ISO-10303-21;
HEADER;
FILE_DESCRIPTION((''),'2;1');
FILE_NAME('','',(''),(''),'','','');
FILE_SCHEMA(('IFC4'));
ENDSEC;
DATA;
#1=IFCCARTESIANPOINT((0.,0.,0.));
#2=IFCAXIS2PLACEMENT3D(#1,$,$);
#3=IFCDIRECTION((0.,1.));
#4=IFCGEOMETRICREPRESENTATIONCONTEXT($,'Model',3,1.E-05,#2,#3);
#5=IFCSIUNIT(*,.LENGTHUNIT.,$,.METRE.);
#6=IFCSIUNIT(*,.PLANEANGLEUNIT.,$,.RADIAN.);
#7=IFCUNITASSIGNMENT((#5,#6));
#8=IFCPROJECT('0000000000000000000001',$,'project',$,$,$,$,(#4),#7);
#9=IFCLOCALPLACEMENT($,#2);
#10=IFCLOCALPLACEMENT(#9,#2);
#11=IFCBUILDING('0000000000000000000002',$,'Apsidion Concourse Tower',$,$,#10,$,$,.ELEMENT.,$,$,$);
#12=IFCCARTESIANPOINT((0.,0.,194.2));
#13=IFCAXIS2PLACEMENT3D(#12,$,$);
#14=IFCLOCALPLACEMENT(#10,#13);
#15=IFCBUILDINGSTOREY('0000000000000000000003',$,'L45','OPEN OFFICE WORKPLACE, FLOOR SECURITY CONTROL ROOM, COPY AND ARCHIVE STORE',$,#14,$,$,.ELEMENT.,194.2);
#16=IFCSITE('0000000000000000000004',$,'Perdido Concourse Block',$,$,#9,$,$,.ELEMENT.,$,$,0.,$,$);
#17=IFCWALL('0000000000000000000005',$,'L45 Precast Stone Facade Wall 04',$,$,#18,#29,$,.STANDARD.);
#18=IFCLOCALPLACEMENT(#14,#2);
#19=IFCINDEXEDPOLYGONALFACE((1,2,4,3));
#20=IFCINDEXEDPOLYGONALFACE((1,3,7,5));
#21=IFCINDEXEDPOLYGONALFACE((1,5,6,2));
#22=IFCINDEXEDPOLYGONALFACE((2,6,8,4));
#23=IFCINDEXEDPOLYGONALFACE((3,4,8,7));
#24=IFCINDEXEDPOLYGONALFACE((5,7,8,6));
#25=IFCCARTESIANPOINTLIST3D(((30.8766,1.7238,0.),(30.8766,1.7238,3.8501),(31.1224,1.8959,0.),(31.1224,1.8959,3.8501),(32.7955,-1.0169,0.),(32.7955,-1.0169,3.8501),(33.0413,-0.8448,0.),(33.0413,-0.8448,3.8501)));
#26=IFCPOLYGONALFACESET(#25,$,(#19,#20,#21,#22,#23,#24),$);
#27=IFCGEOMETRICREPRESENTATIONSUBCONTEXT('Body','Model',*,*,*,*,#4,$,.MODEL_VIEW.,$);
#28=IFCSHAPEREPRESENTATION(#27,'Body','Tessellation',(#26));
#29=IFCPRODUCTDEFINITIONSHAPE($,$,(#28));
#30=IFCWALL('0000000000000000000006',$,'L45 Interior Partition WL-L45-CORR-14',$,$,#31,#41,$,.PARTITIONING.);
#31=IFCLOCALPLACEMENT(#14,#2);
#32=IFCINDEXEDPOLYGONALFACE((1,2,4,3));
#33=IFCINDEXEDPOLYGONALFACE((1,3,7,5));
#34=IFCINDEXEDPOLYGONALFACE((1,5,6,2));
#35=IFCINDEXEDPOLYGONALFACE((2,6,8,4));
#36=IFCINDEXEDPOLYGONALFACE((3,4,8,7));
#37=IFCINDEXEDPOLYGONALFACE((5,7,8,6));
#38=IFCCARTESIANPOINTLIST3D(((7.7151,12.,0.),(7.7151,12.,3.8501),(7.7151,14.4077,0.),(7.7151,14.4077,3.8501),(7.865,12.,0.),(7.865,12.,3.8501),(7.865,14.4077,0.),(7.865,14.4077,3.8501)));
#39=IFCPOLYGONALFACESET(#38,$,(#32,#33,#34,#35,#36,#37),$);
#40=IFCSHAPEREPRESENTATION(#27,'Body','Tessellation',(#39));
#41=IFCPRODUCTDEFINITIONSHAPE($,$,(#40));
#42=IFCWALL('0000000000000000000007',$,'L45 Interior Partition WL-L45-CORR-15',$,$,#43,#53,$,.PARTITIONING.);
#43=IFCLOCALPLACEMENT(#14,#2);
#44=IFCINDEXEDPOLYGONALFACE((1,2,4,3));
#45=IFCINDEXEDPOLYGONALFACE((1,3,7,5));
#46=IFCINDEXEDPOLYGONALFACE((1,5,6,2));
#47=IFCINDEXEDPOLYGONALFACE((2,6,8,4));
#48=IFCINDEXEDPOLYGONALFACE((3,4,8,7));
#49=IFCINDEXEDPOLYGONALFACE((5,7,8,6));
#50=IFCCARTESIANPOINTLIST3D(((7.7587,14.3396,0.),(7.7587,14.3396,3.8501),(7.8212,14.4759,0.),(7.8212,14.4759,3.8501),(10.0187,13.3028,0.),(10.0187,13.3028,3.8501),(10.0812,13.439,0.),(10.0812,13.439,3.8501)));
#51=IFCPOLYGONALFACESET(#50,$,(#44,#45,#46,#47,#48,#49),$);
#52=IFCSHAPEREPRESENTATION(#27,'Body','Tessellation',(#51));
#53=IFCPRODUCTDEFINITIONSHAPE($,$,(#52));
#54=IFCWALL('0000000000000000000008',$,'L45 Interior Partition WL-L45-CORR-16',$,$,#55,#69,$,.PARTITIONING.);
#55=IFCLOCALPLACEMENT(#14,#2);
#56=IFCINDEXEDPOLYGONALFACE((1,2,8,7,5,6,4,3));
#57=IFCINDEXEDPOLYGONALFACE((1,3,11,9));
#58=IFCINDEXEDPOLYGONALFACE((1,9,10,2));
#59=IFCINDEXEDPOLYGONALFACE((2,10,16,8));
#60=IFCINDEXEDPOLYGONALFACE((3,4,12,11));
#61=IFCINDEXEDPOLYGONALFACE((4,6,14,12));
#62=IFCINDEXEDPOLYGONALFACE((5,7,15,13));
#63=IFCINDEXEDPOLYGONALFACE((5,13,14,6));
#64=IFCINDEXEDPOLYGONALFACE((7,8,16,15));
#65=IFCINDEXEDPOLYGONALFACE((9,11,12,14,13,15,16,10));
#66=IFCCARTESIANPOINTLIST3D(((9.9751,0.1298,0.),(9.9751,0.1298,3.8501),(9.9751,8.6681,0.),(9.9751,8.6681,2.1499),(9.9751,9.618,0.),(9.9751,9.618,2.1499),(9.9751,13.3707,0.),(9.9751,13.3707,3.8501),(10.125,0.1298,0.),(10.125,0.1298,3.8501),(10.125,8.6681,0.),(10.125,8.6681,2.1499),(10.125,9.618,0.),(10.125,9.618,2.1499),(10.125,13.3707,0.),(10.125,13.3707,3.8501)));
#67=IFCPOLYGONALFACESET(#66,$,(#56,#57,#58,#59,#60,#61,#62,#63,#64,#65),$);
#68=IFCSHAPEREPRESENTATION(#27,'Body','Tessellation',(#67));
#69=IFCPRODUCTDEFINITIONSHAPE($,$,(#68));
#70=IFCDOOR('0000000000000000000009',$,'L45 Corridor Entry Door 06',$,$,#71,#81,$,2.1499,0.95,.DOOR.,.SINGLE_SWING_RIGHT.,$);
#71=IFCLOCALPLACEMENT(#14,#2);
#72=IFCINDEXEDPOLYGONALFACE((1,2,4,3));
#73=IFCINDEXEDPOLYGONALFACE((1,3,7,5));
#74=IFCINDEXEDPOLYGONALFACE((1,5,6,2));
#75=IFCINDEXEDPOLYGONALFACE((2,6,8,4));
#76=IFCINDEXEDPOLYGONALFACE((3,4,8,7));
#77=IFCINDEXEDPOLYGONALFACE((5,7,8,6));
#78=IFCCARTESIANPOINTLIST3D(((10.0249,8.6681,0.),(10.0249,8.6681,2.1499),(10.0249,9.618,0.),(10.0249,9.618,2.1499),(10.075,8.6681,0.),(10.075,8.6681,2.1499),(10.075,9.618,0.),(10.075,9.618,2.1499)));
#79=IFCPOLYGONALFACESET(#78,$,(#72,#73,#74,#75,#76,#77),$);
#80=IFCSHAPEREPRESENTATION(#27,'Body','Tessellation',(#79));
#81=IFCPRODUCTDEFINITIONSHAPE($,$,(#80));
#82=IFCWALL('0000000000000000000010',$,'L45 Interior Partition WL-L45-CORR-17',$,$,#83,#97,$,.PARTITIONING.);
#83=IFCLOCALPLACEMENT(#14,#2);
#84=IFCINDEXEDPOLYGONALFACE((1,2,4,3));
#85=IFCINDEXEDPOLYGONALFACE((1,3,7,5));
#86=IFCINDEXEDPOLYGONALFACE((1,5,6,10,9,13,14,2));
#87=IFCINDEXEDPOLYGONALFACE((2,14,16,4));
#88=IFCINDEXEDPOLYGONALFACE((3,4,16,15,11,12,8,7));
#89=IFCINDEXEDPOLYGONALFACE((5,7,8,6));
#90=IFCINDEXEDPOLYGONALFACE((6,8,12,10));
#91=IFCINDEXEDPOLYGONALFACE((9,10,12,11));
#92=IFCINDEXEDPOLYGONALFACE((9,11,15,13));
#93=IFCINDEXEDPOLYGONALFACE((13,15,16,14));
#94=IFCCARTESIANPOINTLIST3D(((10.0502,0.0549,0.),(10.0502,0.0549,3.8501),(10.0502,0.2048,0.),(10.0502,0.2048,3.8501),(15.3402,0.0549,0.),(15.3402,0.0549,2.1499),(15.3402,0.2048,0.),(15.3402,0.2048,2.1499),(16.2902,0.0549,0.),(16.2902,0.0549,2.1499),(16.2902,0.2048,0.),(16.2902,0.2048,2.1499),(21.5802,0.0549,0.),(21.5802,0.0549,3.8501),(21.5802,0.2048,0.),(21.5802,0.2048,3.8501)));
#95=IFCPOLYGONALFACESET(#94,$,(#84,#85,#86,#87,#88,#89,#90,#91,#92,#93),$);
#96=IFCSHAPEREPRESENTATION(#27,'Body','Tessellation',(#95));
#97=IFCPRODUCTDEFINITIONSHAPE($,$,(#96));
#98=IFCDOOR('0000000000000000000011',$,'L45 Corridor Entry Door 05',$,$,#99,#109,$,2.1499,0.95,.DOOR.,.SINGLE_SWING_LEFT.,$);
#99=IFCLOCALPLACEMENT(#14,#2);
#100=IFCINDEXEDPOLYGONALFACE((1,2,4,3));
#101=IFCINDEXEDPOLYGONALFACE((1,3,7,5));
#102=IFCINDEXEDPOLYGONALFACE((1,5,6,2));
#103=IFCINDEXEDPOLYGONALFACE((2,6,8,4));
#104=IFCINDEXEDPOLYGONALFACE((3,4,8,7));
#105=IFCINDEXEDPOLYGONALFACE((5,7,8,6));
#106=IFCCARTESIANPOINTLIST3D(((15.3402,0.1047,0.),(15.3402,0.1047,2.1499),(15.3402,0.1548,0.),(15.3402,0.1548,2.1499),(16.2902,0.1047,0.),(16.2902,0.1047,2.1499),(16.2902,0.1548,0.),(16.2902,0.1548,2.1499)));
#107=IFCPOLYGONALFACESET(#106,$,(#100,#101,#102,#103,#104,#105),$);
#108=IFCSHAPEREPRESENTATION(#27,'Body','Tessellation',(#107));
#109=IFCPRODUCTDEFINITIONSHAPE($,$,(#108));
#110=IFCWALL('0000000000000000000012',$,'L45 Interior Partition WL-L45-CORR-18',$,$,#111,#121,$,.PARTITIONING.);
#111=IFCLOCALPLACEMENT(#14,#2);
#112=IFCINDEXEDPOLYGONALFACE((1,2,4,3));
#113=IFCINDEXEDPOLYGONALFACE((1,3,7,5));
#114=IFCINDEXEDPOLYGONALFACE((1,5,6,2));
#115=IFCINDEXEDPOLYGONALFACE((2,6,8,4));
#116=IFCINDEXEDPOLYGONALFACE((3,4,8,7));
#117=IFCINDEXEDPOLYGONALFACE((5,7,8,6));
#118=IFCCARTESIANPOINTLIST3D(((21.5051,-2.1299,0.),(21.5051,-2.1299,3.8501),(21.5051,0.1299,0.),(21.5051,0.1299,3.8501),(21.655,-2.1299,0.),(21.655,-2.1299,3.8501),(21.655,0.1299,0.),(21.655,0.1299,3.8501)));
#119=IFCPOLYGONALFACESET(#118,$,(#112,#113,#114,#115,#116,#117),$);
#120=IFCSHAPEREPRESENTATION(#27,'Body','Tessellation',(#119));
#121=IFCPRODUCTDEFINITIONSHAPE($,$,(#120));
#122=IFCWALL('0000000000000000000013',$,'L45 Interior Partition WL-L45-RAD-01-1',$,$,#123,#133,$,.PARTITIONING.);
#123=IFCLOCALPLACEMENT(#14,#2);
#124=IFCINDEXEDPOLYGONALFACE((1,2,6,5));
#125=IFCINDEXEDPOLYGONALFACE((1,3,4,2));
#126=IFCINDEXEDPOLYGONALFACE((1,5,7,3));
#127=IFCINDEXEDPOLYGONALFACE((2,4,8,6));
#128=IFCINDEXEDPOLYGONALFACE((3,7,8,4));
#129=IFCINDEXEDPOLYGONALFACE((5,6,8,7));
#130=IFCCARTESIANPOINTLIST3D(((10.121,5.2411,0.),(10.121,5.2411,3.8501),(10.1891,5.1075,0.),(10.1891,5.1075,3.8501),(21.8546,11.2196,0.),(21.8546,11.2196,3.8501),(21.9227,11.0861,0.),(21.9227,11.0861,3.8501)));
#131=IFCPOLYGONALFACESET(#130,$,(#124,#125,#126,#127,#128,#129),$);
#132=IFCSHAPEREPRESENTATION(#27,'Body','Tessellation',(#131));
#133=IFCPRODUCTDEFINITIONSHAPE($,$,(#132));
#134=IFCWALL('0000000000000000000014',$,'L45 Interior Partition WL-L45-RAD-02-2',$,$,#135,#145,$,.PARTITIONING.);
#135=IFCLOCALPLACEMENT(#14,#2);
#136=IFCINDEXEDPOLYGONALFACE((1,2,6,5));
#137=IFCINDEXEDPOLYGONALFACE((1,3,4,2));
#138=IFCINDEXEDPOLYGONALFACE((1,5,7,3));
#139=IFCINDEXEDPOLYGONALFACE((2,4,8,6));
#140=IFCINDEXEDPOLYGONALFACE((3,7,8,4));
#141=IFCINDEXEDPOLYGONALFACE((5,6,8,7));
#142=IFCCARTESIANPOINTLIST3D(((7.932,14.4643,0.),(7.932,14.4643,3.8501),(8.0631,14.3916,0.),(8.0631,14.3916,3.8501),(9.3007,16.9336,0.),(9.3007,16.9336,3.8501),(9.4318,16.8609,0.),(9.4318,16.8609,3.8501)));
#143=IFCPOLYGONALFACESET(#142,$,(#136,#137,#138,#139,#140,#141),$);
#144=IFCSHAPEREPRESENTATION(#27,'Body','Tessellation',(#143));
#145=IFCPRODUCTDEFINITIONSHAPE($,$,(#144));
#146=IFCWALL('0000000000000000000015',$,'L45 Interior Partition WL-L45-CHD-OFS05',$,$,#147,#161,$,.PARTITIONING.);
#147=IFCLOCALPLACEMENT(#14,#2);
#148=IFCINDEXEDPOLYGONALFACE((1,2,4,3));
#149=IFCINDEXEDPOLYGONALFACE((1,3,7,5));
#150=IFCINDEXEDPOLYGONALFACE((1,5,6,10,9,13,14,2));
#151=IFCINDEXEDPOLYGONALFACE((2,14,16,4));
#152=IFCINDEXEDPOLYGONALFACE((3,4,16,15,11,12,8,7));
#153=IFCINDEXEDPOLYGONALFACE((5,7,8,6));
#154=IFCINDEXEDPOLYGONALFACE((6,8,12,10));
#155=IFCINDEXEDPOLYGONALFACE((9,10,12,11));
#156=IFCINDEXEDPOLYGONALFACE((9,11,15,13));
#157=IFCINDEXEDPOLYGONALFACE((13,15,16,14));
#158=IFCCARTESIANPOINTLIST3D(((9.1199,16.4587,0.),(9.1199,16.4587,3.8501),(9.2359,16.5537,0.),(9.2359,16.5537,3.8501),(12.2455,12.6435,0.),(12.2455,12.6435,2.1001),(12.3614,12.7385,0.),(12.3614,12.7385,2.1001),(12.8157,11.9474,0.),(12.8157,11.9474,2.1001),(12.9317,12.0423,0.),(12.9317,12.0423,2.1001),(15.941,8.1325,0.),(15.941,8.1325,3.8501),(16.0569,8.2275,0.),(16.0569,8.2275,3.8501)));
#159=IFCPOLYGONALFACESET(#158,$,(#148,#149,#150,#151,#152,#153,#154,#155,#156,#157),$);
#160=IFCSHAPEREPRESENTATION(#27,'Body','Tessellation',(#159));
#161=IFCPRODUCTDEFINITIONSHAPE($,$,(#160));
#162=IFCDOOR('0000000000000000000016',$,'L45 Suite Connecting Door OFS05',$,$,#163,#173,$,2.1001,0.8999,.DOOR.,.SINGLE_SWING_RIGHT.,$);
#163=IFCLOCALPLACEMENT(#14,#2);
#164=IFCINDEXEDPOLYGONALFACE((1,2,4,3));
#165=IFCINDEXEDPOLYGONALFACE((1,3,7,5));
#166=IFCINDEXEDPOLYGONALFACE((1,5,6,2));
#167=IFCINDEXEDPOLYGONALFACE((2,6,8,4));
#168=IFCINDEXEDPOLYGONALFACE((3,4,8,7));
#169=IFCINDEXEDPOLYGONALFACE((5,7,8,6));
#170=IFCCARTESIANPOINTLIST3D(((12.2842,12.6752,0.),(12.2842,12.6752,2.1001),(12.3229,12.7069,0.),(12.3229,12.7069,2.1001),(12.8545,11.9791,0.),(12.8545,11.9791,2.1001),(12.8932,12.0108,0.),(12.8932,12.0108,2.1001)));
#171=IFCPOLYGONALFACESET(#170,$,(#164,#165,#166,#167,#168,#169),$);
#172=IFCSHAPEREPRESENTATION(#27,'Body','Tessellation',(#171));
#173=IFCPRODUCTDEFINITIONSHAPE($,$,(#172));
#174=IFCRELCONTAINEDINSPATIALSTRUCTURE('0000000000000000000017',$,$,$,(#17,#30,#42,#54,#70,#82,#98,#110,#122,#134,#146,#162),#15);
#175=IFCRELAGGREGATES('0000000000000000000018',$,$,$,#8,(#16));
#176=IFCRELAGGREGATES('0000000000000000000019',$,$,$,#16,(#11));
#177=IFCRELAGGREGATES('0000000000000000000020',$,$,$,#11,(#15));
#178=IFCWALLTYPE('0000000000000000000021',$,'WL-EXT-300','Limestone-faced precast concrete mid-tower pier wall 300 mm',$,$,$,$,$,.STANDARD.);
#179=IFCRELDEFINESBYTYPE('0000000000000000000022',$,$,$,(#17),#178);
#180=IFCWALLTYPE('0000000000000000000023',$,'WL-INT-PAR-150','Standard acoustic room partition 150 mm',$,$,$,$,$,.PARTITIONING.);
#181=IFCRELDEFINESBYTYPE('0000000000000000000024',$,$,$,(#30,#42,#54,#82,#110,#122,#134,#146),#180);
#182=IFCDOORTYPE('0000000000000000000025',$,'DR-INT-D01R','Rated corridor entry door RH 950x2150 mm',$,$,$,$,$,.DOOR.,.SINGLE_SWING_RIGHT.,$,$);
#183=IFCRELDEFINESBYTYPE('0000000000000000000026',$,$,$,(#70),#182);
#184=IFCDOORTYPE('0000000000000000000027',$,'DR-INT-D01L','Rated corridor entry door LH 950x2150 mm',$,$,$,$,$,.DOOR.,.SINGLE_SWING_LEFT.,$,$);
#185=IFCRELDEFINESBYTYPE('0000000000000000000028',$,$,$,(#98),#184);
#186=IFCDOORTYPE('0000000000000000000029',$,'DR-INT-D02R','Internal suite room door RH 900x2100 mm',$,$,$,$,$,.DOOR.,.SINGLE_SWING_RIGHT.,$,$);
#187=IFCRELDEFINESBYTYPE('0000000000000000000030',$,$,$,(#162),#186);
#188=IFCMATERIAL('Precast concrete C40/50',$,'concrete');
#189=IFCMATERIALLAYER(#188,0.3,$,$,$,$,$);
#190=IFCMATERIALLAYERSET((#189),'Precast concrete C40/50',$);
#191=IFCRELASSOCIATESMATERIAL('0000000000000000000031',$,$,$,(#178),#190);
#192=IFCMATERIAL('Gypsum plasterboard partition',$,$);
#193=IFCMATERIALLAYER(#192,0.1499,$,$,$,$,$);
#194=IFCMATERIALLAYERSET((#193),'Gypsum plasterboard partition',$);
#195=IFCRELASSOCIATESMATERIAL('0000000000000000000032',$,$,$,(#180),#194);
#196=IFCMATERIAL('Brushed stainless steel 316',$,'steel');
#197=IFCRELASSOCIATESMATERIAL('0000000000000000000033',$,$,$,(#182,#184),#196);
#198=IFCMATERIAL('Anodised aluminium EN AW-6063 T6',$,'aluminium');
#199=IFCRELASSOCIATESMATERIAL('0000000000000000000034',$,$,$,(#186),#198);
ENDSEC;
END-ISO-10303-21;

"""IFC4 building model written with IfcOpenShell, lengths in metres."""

from ifc_helpers import new_model, si_unit, direction, frame, frame_2d, origin, place, context, subcontext, project, spatial, rectangle, extrude, material, layer, layer_set, type_object, element, fill, save


model = new_model("IFC4")

# Units and contexts
model_context = context("Model", 3, precision=1e-05, world=origin(), true_north=direction((0.0, 1.0)))
body_context = subcontext(model_context, "Body", "Model", "MODEL_VIEW")
ifc_project = project(units=[si_unit("LENGTHUNIT", "METRE"), si_unit("PLANEANGLEUNIT", "RADIAN")], contexts=[model_context])

# Site, building, storey
site_placement = place(None, origin())
site = spatial("IfcSite", under=ifc_project, at=site_placement, Name="Perdido Concourse Block", CompositionType="ELEMENT", RefElevation=0.0)
building_placement = place(site_placement, origin())
building = spatial("IfcBuilding", under=site, at=building_placement, Name="Apsidion Concourse Tower", CompositionType="ELEMENT")
storey_placement = place(building_placement, frame((0.0, 0.0, 194.2)))
storey = spatial("IfcBuildingStorey", under=building, at=storey_placement, Name="L45", Description="OPEN OFFICE WORKPLACE, FLOOR SECURITY CONTROL ROOM, COPY AND ARCHIVE STORE", CompositionType="ELEMENT", Elevation=194.2)

# Walls
ifc_material_1 = material(Name="Precast concrete C40/50", Category="concrete")
ifc_layer_1 = layer(ifc_material_1, 0.3)
ifc_layer_set_1 = layer_set([ifc_layer_1], Name="Precast concrete C40/50")
wall_type_1 = type_object("IfcWallType", Name="WL-EXT-300", Description="Limestone-faced precast concrete mid-tower pier wall 300 mm", PredefinedType="STANDARD", material=ifc_layer_set_1)
wall_1_placement = place(storey_placement, frame((30.9995, 1.8098, 0.0), z_axis=(0.0, 0.0, 1.0), x_axis=(0.57355, -0.81917, 0.0)))
element("IfcWall", 1, at=wall_1_placement, inside=storey, type_object=wall_type_1, Name="L45 Precast Stone Facade Wall 04", PredefinedType="STANDARD", context=body_context, shape_type="SweptSolid", body=[
    extrude(rectangle(XDim=3.3457, YDim=0.3, at=frame_2d((1.6729, 0.0))), origin(), (0.0, 0.0, 1.0), 3.8501),
])
ifc_material_2 = material(Name="Gypsum plasterboard partition")
ifc_layer_2 = layer(ifc_material_2, 0.1499)
ifc_layer_set_2 = layer_set([ifc_layer_2], Name="Gypsum plasterboard partition")
wall_type_2 = type_object("IfcWallType", Name="WL-INT-PAR-150", Description="Standard acoustic room partition 150 mm", PredefinedType="PARTITIONING", material=ifc_layer_set_2)
wall_2_placement = place(storey_placement, frame((7.79, 12.0, 0.0), z_axis=(0.0, 0.0, 1.0), x_axis=(0.0, 1.0, 0.0)))
element("IfcWall", 2, at=wall_2_placement, inside=storey, type_object=wall_type_2, Name="L45 Interior Partition WL-L45-CORR-14", PredefinedType="PARTITIONING", context=body_context, shape_type="SweptSolid", body=[
    extrude(rectangle(XDim=2.4077, YDim=0.1499, at=frame_2d((1.2039, 0.0))), origin(), (0.0, 0.0, 1.0), 3.8501),
])
wall_3_placement = place(storey_placement, frame((7.79, 14.4077, 0.0), z_axis=(0.0, 0.0, 1.0), x_axis=(0.908908, -0.416996, 0.0)))
element("IfcWall", 3, at=wall_3_placement, inside=storey, type_object=wall_type_2, Name="L45 Interior Partition WL-L45-CORR-15", PredefinedType="PARTITIONING", context=body_context, shape_type="SweptSolid", body=[
    extrude(rectangle(XDim=2.4866, YDim=0.1499, at=frame_2d((1.2432, 0.0))), origin(), (0.0, 0.0, 1.0), 3.8501),
])

# Walls, openings, doors
wall_4_placement = place(storey_placement, frame((10.05, 13.3708, 0.0), z_axis=(0.0, 0.0, 1.0), x_axis=(0.0, -1.0, 0.0)))
wall_4 = element("IfcWall", 4, at=wall_4_placement, inside=storey, type_object=wall_type_2, Name="L45 Interior Partition WL-L45-CORR-16", PredefinedType="PARTITIONING", context=body_context, shape_type="SweptSolid", body=[
    extrude(rectangle(XDim=13.241, YDim=0.1499, at=frame_2d((6.6206, 0.0))), origin(), (0.0, 0.0, 1.0), 3.8501),
])
opening_1_placement = place(wall_4_placement, frame((3.7527, 0.0, 0.0)))
opening_1 = element("IfcOpeningElement", 5, at=opening_1_placement, cuts=wall_4, PredefinedType="OPENING", context=body_context, shape_type="SweptSolid", body=[
    extrude(rectangle(XDim=0.95, YDim=2.1499, at=frame_2d((0.4751, 1.075))), frame((0.0, 0.085, 0.0), z_axis=(0.0, -1.0, 0.0), x_axis=(1.0, 0.0, 0.0)), (0.0, 0.0, 1.0), 0.1699),
])
ifc_material_3 = material(Name="Brushed stainless steel 316", Category="steel")
door_type_1 = type_object("IfcDoorType", Name="DR-INT-D01R", Description="Rated corridor entry door RH 950x2150 mm", OperationType="SINGLE_SWING_RIGHT", PredefinedType="DOOR", material=ifc_material_3)
door_1_placement = place(opening_1_placement, origin())
door_1 = element("IfcDoor", 6, at=door_1_placement, inside=storey, type_object=door_type_1, Name="L45 Corridor Entry Door 06", OperationType="SINGLE_SWING_RIGHT", OverallHeight=2.1499, OverallWidth=0.95, PredefinedType="DOOR", context=body_context, shape_type="SweptSolid", body=[
    extrude(rectangle(XDim=0.95, YDim=2.1499, at=frame_2d((0.4751, 1.075))), frame((0.0, 0.0249, 0.0), z_axis=(0.0, -1.0, 0.0), x_axis=(1.0, 0.0, 0.0)), (0.0, 0.0, 1.0), 0.05),
])
fill(opening_1, door_1)
wall_5_placement = place(storey_placement, frame((10.05, 0.1299, 0.0), z_axis=(0.0, 0.0, 1.0), x_axis=(1.0, 0.0, 0.0)))
wall_5 = element("IfcWall", 7, at=wall_5_placement, inside=storey, type_object=wall_type_2, Name="L45 Interior Partition WL-L45-CORR-17", PredefinedType="PARTITIONING", context=body_context, shape_type="SweptSolid", body=[
    extrude(rectangle(XDim=11.53, YDim=0.1499, at=frame_2d((5.7651, 0.0))), origin(), (0.0, 0.0, 1.0), 3.8501),
])
opening_2_placement = place(wall_5_placement, frame((5.29, 0.0, 0.0)))
opening_2 = element("IfcOpeningElement", 8, at=opening_2_placement, cuts=wall_5, PredefinedType="OPENING", context=body_context, shape_type="SweptSolid", body=[
    extrude(rectangle(XDim=0.95, YDim=2.1499, at=frame_2d((0.4751, 1.075))), frame((0.0, 0.085, 0.0), z_axis=(0.0, -1.0, 0.0), x_axis=(1.0, 0.0, 0.0)), (0.0, 0.0, 1.0), 0.1699),
])
door_type_2 = type_object("IfcDoorType", Name="DR-INT-D01L", Description="Rated corridor entry door LH 950x2150 mm", OperationType="SINGLE_SWING_LEFT", PredefinedType="DOOR", material=ifc_material_3)
door_2_placement = place(opening_2_placement, origin())
door_2 = element("IfcDoor", 9, at=door_2_placement, inside=storey, type_object=door_type_2, Name="L45 Corridor Entry Door 05", OperationType="SINGLE_SWING_LEFT", OverallHeight=2.1499, OverallWidth=0.95, PredefinedType="DOOR", context=body_context, shape_type="SweptSolid", body=[
    extrude(rectangle(XDim=0.95, YDim=2.1499, at=frame_2d((0.4751, 1.075))), frame((0.0, 0.0249, 0.0), z_axis=(0.0, -1.0, 0.0), x_axis=(1.0, 0.0, 0.0)), (0.0, 0.0, 1.0), 0.05),
])
fill(opening_2, door_2)

# Walls
wall_6_placement = place(storey_placement, frame((21.5801, 0.1299, 0.0), z_axis=(0.0, 0.0, 1.0), x_axis=(0.0, -1.0, 0.0)))
element("IfcWall", 10, at=wall_6_placement, inside=storey, type_object=wall_type_2, Name="L45 Interior Partition WL-L45-CORR-18", PredefinedType="PARTITIONING", context=body_context, shape_type="SweptSolid", body=[
    extrude(rectangle(XDim=2.2598, YDim=0.1499, at=frame_2d((1.1299, 0.0))), origin(), (0.0, 0.0, 1.0), 3.8501),
])
wall_7_placement = place(storey_placement, frame((10.155, 5.1743, 0.0), z_axis=(0.0, 0.0, 1.0), x_axis=(0.891009, 0.453986, 0.0)))
element("IfcWall", 11, at=wall_7_placement, inside=storey, type_object=wall_type_2, Name="L45 Interior Partition WL-L45-RAD-01-1", PredefinedType="PARTITIONING", context=body_context, shape_type="SweptSolid", body=[
    extrude(rectangle(XDim=13.1689, YDim=0.1499, at=frame_2d((6.5845, 0.0))), origin(), (0.0, 0.0, 1.0), 3.8501),
])
wall_8_placement = place(storey_placement, frame((7.9976, 14.428, 0.0), z_axis=(0.0, 0.0, 1.0), x_axis=(0.484791, 0.87463, 0.0)))
element("IfcWall", 12, at=wall_8_placement, inside=storey, type_object=wall_type_2, Name="L45 Interior Partition WL-L45-RAD-02-2", PredefinedType="PARTITIONING", context=body_context, shape_type="SweptSolid", body=[
    extrude(rectangle(XDim=2.8232, YDim=0.1499, at=frame_2d((1.4116, 0.0))), origin(), (0.0, 0.0, 1.0), 3.8501),
])

# Wall, opening, door
wall_9_placement = place(storey_placement, frame((15.999, 8.1799, 0.0), z_axis=(0.0, 0.0, 1.0), x_axis=(-0.633723, 0.77356, 0.0)))
wall_9 = element("IfcWall", 13, at=wall_9_placement, inside=storey, type_object=wall_type_2, Name="L45 Interior Partition WL-L45-CHD-OFS05", PredefinedType="PARTITIONING", context=body_context, shape_type="SweptSolid", body=[
    extrude(rectangle(XDim=10.7634, YDim=0.1499, at=frame_2d((5.3818, 0.0))), origin(), (0.0, 0.0, 1.0), 3.8501),
])
opening_3_placement = place(wall_9_placement, frame((4.9316, 0.0, 0.0)))
opening_3 = element("IfcOpeningElement", 14, at=opening_3_placement, cuts=wall_9, PredefinedType="OPENING", context=body_context, shape_type="SweptSolid", body=[
    extrude(rectangle(XDim=0.8999, YDim=2.1001, at=frame_2d((0.45, 1.05))), frame((0.0, 0.085, 0.0), z_axis=(0.0, -1.0, 0.0), x_axis=(1.0, 0.0, 0.0)), (0.0, 0.0, 1.0), 0.1699),
])
ifc_material_4 = material(Name="Anodised aluminium EN AW-6063 T6", Category="aluminium")
door_type_3 = type_object("IfcDoorType", Name="DR-INT-D02R", Description="Internal suite room door RH 900x2100 mm", OperationType="SINGLE_SWING_RIGHT", PredefinedType="DOOR", material=ifc_material_4)
door_3_placement = place(opening_3_placement, origin())
door_3 = element("IfcDoor", 15, at=door_3_placement, inside=storey, type_object=door_type_3, Name="L45 Suite Connecting Door OFS05", OperationType="SINGLE_SWING_RIGHT", OverallHeight=2.1001, OverallWidth=0.8999, PredefinedType="DOOR", context=body_context, shape_type="SweptSolid", body=[
    extrude(rectangle(XDim=0.8999, YDim=2.1001, at=frame_2d((0.45, 1.05))), frame((0.0, 0.0249, 0.0), z_axis=(0.0, -1.0, 0.0), x_axis=(1.0, 0.0, 0.0)), (0.0, 0.0, 1.0), 0.05),
])
fill(opening_3, door_3)

save(model, "model.ifc")
